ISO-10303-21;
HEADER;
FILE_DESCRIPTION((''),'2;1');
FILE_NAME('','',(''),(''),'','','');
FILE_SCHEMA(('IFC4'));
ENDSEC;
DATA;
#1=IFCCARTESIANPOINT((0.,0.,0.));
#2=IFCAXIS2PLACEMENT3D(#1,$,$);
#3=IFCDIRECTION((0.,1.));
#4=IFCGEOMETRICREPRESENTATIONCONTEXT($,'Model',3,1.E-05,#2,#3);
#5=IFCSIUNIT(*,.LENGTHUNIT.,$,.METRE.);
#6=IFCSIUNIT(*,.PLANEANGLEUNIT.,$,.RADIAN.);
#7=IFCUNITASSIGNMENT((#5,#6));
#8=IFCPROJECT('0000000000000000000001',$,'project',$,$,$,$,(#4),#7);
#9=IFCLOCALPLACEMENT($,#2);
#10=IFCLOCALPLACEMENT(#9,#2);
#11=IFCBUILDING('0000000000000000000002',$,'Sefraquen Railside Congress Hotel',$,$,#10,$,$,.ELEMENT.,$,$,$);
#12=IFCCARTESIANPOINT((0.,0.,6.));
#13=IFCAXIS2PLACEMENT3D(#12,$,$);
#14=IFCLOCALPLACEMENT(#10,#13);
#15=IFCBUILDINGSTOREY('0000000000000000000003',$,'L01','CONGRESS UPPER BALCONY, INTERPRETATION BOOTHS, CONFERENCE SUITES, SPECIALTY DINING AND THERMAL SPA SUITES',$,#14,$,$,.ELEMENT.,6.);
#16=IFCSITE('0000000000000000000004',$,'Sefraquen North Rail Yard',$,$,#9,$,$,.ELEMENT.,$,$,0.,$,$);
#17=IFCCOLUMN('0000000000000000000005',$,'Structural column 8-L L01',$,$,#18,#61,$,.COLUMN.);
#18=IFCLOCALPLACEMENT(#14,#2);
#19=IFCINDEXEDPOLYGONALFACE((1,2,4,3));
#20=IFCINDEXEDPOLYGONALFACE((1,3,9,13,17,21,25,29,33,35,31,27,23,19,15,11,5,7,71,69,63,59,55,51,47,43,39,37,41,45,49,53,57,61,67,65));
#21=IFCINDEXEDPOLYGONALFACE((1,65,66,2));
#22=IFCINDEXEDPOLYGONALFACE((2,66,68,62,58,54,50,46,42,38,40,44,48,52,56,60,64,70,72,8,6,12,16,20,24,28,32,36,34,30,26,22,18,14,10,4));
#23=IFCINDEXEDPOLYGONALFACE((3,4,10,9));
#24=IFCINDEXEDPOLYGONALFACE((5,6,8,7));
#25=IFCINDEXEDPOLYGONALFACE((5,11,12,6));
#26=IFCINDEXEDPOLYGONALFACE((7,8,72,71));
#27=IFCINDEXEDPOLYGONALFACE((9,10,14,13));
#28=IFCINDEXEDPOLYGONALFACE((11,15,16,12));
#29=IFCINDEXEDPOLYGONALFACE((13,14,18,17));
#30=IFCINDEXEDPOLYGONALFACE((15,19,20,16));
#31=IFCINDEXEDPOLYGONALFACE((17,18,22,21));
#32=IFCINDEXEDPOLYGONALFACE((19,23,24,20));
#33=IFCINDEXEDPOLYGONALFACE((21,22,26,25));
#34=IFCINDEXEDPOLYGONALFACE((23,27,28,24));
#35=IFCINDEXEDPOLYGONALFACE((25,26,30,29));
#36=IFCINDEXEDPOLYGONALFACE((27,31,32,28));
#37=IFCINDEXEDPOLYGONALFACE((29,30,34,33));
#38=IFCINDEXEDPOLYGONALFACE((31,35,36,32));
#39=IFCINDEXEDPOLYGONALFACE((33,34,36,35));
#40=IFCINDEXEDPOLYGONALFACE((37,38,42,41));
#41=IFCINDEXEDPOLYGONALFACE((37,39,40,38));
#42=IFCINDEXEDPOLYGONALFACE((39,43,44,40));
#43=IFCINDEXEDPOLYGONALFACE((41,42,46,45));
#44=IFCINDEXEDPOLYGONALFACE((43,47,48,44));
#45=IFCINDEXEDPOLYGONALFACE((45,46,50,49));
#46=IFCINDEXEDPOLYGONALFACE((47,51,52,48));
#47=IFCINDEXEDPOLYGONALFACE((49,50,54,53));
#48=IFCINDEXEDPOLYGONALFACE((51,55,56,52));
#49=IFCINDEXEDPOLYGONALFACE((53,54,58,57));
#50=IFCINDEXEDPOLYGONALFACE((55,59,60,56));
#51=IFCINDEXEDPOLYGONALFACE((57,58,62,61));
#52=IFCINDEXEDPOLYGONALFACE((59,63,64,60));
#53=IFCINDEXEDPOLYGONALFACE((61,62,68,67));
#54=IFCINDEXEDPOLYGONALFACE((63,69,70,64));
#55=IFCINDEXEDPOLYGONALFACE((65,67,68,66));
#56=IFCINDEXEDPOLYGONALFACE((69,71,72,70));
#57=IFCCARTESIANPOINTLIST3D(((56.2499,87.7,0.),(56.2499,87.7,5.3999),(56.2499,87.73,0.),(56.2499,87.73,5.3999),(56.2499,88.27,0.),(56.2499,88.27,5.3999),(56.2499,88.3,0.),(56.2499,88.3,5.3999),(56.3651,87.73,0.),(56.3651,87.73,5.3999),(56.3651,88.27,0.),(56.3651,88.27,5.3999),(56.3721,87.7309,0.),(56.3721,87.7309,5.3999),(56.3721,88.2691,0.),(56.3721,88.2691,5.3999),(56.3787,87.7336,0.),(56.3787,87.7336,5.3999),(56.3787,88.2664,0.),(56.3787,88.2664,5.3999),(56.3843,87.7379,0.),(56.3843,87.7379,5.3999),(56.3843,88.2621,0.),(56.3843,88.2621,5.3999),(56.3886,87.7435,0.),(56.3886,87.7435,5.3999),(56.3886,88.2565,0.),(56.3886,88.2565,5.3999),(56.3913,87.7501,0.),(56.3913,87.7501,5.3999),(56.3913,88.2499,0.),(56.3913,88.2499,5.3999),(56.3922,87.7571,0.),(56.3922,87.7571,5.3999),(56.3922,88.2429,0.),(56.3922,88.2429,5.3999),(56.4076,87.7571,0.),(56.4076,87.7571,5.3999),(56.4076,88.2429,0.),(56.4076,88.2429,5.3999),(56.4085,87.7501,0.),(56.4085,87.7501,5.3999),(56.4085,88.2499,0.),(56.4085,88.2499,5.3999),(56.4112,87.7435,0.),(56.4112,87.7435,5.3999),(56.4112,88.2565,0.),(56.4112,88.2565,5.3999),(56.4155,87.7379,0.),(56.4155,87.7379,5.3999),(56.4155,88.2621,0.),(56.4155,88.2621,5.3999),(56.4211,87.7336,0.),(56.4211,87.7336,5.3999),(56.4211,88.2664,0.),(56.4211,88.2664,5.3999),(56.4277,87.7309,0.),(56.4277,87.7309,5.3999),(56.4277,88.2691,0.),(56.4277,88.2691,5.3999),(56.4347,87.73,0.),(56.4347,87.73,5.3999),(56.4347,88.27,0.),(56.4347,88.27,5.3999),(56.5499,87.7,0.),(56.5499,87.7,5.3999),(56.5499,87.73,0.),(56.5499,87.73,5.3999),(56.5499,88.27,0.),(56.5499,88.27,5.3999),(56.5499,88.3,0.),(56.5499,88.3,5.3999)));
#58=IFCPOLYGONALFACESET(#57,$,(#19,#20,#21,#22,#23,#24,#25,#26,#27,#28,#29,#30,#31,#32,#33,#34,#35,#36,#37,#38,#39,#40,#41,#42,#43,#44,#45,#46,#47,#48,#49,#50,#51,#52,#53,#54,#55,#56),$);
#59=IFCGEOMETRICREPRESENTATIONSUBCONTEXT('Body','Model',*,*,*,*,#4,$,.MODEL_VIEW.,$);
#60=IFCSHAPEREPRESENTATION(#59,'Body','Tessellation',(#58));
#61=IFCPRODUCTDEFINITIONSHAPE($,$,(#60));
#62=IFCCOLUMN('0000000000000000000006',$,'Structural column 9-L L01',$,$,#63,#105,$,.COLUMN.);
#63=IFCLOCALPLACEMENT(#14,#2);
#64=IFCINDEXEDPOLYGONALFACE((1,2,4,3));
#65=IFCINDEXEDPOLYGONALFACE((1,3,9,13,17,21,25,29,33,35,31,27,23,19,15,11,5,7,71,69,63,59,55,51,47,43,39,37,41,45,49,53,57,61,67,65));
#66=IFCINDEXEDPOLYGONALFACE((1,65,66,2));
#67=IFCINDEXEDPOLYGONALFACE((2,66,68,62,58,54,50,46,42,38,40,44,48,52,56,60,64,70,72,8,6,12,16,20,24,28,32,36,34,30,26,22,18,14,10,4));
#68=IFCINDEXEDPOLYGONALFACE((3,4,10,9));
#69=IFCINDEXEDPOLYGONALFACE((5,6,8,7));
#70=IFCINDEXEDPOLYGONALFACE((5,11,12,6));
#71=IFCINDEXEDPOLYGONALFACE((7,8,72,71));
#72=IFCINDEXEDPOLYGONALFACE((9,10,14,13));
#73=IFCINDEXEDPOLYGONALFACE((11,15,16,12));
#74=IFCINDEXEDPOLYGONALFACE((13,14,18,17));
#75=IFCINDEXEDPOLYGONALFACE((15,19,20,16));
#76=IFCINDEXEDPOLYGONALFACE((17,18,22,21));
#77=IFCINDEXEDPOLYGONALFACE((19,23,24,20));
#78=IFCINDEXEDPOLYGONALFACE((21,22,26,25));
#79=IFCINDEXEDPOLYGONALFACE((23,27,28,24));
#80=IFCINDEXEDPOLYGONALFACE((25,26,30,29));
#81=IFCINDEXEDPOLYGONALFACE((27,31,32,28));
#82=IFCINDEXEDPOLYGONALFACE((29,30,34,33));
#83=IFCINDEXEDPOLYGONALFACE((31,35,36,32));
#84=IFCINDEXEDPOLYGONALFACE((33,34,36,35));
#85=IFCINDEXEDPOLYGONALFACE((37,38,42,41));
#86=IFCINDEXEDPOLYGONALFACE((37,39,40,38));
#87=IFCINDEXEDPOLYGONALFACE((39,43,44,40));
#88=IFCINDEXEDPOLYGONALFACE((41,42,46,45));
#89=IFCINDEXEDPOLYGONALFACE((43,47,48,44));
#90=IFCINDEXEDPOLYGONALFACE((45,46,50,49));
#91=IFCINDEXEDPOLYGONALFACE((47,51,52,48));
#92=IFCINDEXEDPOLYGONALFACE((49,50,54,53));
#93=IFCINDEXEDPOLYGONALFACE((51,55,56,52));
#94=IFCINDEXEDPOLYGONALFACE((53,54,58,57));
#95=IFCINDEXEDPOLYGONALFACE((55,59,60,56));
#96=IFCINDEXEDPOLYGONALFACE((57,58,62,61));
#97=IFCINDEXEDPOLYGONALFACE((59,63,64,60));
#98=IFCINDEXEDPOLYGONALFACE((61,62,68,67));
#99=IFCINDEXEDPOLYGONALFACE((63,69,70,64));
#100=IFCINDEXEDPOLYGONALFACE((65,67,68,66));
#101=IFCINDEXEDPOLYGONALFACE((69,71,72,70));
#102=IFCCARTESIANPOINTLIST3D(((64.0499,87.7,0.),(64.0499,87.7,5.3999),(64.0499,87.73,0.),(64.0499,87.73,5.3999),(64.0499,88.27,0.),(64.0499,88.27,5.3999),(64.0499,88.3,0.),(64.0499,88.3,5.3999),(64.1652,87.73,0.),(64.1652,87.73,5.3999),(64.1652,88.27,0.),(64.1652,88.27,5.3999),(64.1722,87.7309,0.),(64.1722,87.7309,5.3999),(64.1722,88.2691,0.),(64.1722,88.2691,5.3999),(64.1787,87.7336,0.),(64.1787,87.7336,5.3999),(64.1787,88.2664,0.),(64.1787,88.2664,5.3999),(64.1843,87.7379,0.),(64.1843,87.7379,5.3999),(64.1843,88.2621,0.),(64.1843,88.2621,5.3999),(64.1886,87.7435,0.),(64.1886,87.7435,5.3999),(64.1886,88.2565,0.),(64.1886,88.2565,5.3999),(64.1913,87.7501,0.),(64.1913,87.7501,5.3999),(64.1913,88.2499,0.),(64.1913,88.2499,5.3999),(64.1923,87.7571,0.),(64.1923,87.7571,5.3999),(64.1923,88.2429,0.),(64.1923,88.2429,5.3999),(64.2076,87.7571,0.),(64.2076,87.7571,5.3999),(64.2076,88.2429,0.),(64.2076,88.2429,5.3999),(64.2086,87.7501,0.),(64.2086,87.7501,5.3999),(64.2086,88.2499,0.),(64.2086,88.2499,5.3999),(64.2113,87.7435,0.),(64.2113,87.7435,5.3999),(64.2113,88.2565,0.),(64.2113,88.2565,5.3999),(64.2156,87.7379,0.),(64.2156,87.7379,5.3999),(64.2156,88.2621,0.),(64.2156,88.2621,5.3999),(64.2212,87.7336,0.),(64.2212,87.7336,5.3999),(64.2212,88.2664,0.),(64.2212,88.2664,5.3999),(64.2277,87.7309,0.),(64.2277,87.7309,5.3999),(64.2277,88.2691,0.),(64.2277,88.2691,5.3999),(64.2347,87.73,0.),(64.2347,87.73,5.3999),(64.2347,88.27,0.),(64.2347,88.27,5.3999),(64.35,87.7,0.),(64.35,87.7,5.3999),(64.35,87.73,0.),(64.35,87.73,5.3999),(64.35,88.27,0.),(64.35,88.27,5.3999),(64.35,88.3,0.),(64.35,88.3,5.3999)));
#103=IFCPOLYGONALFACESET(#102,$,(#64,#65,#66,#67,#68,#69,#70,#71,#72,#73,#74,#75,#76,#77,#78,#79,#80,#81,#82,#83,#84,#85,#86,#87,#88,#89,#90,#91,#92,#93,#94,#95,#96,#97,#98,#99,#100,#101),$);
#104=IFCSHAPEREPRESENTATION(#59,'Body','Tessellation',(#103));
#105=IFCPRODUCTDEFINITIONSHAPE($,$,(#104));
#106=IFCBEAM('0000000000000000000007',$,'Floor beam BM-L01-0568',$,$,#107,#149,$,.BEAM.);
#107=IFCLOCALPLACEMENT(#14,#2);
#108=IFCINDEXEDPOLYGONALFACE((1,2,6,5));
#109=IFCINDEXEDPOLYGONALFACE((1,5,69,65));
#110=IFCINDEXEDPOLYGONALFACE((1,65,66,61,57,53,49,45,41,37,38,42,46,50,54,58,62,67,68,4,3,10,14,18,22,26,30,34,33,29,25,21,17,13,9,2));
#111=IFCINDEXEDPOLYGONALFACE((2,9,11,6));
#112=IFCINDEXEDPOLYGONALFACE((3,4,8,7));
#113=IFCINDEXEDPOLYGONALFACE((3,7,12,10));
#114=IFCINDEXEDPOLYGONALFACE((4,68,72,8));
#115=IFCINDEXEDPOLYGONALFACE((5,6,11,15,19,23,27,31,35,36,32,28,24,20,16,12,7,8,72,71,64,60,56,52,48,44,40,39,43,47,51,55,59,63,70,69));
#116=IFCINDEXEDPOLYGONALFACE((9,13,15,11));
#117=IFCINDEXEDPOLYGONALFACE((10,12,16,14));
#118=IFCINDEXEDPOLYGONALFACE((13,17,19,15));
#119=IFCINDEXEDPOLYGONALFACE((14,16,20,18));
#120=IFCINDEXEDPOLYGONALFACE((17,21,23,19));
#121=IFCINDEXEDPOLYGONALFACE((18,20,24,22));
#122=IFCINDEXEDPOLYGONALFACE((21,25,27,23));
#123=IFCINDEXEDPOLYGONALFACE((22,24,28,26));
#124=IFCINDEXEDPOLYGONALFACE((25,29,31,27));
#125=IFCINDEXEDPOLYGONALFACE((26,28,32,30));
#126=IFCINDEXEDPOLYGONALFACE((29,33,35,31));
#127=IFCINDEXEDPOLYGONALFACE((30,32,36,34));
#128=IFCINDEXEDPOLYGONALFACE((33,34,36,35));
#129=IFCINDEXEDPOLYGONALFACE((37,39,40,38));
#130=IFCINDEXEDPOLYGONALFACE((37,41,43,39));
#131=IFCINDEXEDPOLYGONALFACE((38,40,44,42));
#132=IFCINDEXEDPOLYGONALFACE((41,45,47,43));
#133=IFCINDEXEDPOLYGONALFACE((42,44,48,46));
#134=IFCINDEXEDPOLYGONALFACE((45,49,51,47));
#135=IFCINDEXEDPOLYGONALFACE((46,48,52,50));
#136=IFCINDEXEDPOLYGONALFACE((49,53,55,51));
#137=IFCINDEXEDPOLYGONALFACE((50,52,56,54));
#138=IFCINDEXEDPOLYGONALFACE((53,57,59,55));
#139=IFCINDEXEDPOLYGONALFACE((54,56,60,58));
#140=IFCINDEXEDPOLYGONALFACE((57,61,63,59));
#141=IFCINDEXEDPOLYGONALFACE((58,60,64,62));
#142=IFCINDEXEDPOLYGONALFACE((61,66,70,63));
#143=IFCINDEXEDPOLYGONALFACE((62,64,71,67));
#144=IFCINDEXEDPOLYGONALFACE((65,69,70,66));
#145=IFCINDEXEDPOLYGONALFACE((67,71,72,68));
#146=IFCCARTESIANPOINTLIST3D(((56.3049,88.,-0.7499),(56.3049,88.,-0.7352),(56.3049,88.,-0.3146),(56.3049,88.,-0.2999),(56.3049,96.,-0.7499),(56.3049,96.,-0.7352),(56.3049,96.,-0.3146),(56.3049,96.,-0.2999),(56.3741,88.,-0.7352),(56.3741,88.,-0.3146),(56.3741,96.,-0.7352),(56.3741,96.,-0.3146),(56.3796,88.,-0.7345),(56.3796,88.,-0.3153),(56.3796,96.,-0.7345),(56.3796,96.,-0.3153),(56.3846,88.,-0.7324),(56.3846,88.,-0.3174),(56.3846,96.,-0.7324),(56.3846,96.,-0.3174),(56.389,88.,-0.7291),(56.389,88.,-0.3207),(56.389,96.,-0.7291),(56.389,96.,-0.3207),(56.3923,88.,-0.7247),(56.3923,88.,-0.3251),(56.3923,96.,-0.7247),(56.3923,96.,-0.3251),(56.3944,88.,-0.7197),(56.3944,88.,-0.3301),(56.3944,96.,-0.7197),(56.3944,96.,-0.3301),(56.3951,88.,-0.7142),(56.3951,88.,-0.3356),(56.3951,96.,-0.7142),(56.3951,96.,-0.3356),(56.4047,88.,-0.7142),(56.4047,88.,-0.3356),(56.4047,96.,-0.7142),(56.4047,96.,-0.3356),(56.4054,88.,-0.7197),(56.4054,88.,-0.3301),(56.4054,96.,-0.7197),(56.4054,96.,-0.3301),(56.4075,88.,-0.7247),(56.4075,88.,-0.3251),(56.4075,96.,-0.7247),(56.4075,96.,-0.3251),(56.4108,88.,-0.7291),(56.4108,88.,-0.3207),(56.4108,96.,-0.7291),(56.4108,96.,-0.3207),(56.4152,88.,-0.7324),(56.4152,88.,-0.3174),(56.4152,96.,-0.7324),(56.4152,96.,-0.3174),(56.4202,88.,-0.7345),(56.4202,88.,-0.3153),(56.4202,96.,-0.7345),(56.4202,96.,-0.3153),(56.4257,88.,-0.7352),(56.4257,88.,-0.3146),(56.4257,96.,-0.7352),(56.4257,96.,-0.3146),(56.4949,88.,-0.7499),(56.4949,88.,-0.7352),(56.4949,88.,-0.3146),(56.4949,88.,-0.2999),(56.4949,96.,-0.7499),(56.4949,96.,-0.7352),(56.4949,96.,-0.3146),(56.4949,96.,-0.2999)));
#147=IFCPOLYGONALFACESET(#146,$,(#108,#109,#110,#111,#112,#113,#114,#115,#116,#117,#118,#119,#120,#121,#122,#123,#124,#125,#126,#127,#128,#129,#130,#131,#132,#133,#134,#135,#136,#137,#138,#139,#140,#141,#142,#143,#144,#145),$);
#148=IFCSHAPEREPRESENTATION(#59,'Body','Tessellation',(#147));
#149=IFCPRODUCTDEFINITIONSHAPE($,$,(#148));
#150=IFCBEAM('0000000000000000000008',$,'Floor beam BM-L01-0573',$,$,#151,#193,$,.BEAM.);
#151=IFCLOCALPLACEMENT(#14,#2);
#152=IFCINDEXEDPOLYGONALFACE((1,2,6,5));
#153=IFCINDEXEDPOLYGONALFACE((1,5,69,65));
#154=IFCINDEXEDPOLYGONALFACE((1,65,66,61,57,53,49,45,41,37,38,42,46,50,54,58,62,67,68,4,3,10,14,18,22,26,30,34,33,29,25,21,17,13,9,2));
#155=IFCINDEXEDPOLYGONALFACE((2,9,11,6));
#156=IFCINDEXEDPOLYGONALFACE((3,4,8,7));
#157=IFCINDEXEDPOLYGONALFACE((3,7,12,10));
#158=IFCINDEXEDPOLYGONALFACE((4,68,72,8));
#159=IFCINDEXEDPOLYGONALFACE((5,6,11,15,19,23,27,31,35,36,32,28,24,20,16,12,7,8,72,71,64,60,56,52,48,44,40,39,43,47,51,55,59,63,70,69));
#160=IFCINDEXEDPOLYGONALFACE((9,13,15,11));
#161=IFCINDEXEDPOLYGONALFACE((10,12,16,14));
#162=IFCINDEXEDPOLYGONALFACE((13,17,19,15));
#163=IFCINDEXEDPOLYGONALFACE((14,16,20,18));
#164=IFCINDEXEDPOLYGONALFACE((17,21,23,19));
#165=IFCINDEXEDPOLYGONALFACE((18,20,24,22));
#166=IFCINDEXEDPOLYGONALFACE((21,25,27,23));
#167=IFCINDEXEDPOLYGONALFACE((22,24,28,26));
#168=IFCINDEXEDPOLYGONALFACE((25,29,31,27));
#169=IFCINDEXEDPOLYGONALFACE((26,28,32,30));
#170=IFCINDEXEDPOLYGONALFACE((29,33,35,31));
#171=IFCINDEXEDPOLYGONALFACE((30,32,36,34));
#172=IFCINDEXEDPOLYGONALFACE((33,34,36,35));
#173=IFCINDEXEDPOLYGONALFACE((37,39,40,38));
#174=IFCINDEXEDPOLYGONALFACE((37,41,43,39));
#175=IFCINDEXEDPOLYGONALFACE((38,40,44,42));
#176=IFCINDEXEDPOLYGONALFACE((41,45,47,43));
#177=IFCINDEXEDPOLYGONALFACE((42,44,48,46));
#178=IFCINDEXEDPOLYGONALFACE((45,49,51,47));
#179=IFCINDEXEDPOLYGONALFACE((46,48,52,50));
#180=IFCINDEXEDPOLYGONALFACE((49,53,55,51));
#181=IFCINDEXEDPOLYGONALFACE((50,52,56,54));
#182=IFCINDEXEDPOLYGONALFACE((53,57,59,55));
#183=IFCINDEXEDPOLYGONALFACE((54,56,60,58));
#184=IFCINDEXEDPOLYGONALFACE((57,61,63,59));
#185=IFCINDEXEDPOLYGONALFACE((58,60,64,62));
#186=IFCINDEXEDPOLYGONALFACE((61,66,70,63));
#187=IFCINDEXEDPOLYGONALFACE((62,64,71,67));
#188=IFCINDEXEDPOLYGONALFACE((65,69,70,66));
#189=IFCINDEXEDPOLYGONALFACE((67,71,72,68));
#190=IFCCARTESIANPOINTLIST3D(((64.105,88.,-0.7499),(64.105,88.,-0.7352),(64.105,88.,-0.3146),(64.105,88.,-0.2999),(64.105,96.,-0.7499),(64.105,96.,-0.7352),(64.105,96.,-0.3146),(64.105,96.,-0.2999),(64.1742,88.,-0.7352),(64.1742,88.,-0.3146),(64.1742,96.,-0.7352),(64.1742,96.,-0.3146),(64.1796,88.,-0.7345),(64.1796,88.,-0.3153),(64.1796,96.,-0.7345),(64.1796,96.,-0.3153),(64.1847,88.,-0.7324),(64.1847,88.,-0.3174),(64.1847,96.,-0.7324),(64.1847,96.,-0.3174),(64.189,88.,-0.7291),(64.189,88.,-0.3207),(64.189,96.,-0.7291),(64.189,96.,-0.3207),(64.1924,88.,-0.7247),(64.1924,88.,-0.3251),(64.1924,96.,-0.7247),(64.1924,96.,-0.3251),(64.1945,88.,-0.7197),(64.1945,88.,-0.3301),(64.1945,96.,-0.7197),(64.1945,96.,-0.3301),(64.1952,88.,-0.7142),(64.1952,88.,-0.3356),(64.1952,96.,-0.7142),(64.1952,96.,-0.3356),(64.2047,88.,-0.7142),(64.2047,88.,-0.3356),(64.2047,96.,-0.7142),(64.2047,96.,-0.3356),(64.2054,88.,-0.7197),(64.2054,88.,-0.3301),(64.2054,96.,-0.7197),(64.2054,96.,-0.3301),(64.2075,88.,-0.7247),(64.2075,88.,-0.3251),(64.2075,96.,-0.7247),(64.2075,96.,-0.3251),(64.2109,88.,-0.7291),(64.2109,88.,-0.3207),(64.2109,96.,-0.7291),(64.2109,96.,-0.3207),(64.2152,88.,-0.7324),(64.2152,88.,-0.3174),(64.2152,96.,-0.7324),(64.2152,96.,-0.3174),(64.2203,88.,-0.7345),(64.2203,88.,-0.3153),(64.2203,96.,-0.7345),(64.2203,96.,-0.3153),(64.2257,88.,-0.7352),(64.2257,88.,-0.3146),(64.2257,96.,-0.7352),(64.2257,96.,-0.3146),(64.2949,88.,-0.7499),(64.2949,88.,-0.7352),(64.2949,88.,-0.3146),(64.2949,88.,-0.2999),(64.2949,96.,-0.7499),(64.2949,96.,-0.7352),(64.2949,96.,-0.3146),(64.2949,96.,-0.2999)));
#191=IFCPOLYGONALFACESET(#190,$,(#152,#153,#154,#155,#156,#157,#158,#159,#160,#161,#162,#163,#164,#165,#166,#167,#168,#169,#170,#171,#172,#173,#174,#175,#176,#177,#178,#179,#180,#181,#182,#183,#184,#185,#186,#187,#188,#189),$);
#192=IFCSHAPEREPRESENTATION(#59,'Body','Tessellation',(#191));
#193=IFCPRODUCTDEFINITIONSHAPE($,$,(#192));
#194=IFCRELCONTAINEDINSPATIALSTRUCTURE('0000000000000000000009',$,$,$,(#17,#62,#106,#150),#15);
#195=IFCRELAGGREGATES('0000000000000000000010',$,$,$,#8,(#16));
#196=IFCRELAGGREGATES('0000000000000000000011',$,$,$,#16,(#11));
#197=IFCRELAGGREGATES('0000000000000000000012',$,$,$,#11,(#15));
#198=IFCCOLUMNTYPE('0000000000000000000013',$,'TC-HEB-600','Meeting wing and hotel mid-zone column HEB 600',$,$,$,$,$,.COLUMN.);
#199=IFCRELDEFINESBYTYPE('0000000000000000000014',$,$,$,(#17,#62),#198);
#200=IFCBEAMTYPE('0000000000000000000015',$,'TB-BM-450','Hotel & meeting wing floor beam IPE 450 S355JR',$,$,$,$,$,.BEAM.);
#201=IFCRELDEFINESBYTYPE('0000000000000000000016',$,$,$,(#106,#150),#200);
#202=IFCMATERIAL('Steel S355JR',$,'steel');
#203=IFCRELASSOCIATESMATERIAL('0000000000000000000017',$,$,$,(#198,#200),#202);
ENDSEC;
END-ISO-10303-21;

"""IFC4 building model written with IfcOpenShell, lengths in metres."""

from ifc_helpers import new_model, si_unit, direction, frame, origin, origin_2d, place, context, subcontext, project, spatial, i_section, extrude, material, material_profile, profile_set, type_object, element, save


model = new_model("IFC4")

# Units and contexts
model_context = context("Model", 3, precision=1e-05, world=origin(), true_north=direction((0.0, 1.0)))
body_context = subcontext(model_context, "Body", "Model", "MODEL_VIEW")
ifc_project = project(units=[si_unit("LENGTHUNIT", "METRE"), si_unit("PLANEANGLEUNIT", "RADIAN")], contexts=[model_context])

# Site, building, storey
site_placement = place(None, origin())
site = spatial("IfcSite", under=ifc_project, at=site_placement, Name="Sefraquen North Rail Yard", CompositionType="ELEMENT", RefElevation=0.0)
building_placement = place(site_placement, origin())
building = spatial("IfcBuilding", under=site, at=building_placement, Name="Sefraquen Railside Congress Hotel", CompositionType="ELEMENT")
storey_placement = place(building_placement, frame((0.0, 0.0, 6.0)))
storey = spatial("IfcBuildingStorey", under=building, at=storey_placement, Name="L01", Description="CONGRESS UPPER BALCONY, INTERPRETATION BOOTHS, CONFERENCE SUITES, SPECIALTY DINING AND THERMAL SPA SUITES", CompositionType="ELEMENT", Elevation=6.0)

# Columns
ifc_material_1 = material(Name="Steel S355JR", Category="steel")
ifc_material_profile_1 = material_profile(ifc_material_1, i_section(OverallWidth=0.3, OverallDepth=0.6001, WebThickness=0.0154, FlangeThickness=0.03, FilletRadius=0.0271, at=origin_2d()), Name="HEB 600")
ifc_profile_set_1 = profile_set([ifc_material_profile_1], Name="Steel S355JR")
column_type = type_object("IfcColumnType", Name="TC-HEB-600", Description="Meeting wing and hotel mid-zone column HEB 600", PredefinedType="COLUMN", material=ifc_profile_set_1)
for number, where, z_axis, x_axis, name in (
    (1, (56.3999, 88.0, 0.0), (0.0, 0.0, 1.0), (1.0, 0.0, 0.0), "Structural column 8-L L01"),
    (2, (64.2, 88.0, 0.0), (0.0, 0.0, 1.0), (1.0, 0.0, 0.0), "Structural column 9-L L01"),
):
    element("IfcColumn", number, at=place(storey_placement, frame(where, z_axis=z_axis, x_axis=x_axis)), inside=storey, type_object=column_type, Name=name, PredefinedType="COLUMN", context=body_context, shape_type="SweptSolid", body=[
        extrude(i_section(OverallWidth=0.3, OverallDepth=0.6001, WebThickness=0.0154, FlangeThickness=0.03, FilletRadius=0.0271, at=origin_2d()), origin(), (0.0, 0.0, 1.0), 5.3999),
    ])

# Beams
ifc_material_profile_2 = material_profile(ifc_material_1, i_section(OverallWidth=0.1899, OverallDepth=0.45, WebThickness=0.0095, FlangeThickness=0.0146, FilletRadius=0.021, at=origin_2d()), Name="IPE 450")
ifc_profile_set_2 = profile_set([ifc_material_profile_2], Name="Steel S355JR")
beam_type_1 = type_object("IfcBeamType", Name="TB-BM-450", Description="Hotel & meeting wing floor beam IPE 450 S355JR", PredefinedType="BEAM", material=ifc_profile_set_2)
for number, where, z_axis, x_axis, name in (
    (3, (56.3999, 88.0, -0.5249), (0.0, 1.0, 0.0), (-1.0, 0.0, 0.0), "Floor beam BM-L01-0568"),
    (4, (64.2, 88.0, -0.5249), (0.0, 1.0, 0.0), (-1.0, 0.0, 0.0), "Floor beam BM-L01-0573"),
):
    element("IfcBeam", number, at=place(storey_placement, frame(where, z_axis=z_axis, x_axis=x_axis)), inside=storey, type_object=beam_type_1, Name=name, PredefinedType="BEAM", context=body_context, shape_type="SweptSolid", body=[
        extrude(i_section(OverallWidth=0.1899, OverallDepth=0.45, WebThickness=0.0095, FlangeThickness=0.0146, FilletRadius=0.021, at=origin_2d()), origin(), (0.0, 0.0, 1.0), 8.0),
    ])

save(model, "model.ifc")
